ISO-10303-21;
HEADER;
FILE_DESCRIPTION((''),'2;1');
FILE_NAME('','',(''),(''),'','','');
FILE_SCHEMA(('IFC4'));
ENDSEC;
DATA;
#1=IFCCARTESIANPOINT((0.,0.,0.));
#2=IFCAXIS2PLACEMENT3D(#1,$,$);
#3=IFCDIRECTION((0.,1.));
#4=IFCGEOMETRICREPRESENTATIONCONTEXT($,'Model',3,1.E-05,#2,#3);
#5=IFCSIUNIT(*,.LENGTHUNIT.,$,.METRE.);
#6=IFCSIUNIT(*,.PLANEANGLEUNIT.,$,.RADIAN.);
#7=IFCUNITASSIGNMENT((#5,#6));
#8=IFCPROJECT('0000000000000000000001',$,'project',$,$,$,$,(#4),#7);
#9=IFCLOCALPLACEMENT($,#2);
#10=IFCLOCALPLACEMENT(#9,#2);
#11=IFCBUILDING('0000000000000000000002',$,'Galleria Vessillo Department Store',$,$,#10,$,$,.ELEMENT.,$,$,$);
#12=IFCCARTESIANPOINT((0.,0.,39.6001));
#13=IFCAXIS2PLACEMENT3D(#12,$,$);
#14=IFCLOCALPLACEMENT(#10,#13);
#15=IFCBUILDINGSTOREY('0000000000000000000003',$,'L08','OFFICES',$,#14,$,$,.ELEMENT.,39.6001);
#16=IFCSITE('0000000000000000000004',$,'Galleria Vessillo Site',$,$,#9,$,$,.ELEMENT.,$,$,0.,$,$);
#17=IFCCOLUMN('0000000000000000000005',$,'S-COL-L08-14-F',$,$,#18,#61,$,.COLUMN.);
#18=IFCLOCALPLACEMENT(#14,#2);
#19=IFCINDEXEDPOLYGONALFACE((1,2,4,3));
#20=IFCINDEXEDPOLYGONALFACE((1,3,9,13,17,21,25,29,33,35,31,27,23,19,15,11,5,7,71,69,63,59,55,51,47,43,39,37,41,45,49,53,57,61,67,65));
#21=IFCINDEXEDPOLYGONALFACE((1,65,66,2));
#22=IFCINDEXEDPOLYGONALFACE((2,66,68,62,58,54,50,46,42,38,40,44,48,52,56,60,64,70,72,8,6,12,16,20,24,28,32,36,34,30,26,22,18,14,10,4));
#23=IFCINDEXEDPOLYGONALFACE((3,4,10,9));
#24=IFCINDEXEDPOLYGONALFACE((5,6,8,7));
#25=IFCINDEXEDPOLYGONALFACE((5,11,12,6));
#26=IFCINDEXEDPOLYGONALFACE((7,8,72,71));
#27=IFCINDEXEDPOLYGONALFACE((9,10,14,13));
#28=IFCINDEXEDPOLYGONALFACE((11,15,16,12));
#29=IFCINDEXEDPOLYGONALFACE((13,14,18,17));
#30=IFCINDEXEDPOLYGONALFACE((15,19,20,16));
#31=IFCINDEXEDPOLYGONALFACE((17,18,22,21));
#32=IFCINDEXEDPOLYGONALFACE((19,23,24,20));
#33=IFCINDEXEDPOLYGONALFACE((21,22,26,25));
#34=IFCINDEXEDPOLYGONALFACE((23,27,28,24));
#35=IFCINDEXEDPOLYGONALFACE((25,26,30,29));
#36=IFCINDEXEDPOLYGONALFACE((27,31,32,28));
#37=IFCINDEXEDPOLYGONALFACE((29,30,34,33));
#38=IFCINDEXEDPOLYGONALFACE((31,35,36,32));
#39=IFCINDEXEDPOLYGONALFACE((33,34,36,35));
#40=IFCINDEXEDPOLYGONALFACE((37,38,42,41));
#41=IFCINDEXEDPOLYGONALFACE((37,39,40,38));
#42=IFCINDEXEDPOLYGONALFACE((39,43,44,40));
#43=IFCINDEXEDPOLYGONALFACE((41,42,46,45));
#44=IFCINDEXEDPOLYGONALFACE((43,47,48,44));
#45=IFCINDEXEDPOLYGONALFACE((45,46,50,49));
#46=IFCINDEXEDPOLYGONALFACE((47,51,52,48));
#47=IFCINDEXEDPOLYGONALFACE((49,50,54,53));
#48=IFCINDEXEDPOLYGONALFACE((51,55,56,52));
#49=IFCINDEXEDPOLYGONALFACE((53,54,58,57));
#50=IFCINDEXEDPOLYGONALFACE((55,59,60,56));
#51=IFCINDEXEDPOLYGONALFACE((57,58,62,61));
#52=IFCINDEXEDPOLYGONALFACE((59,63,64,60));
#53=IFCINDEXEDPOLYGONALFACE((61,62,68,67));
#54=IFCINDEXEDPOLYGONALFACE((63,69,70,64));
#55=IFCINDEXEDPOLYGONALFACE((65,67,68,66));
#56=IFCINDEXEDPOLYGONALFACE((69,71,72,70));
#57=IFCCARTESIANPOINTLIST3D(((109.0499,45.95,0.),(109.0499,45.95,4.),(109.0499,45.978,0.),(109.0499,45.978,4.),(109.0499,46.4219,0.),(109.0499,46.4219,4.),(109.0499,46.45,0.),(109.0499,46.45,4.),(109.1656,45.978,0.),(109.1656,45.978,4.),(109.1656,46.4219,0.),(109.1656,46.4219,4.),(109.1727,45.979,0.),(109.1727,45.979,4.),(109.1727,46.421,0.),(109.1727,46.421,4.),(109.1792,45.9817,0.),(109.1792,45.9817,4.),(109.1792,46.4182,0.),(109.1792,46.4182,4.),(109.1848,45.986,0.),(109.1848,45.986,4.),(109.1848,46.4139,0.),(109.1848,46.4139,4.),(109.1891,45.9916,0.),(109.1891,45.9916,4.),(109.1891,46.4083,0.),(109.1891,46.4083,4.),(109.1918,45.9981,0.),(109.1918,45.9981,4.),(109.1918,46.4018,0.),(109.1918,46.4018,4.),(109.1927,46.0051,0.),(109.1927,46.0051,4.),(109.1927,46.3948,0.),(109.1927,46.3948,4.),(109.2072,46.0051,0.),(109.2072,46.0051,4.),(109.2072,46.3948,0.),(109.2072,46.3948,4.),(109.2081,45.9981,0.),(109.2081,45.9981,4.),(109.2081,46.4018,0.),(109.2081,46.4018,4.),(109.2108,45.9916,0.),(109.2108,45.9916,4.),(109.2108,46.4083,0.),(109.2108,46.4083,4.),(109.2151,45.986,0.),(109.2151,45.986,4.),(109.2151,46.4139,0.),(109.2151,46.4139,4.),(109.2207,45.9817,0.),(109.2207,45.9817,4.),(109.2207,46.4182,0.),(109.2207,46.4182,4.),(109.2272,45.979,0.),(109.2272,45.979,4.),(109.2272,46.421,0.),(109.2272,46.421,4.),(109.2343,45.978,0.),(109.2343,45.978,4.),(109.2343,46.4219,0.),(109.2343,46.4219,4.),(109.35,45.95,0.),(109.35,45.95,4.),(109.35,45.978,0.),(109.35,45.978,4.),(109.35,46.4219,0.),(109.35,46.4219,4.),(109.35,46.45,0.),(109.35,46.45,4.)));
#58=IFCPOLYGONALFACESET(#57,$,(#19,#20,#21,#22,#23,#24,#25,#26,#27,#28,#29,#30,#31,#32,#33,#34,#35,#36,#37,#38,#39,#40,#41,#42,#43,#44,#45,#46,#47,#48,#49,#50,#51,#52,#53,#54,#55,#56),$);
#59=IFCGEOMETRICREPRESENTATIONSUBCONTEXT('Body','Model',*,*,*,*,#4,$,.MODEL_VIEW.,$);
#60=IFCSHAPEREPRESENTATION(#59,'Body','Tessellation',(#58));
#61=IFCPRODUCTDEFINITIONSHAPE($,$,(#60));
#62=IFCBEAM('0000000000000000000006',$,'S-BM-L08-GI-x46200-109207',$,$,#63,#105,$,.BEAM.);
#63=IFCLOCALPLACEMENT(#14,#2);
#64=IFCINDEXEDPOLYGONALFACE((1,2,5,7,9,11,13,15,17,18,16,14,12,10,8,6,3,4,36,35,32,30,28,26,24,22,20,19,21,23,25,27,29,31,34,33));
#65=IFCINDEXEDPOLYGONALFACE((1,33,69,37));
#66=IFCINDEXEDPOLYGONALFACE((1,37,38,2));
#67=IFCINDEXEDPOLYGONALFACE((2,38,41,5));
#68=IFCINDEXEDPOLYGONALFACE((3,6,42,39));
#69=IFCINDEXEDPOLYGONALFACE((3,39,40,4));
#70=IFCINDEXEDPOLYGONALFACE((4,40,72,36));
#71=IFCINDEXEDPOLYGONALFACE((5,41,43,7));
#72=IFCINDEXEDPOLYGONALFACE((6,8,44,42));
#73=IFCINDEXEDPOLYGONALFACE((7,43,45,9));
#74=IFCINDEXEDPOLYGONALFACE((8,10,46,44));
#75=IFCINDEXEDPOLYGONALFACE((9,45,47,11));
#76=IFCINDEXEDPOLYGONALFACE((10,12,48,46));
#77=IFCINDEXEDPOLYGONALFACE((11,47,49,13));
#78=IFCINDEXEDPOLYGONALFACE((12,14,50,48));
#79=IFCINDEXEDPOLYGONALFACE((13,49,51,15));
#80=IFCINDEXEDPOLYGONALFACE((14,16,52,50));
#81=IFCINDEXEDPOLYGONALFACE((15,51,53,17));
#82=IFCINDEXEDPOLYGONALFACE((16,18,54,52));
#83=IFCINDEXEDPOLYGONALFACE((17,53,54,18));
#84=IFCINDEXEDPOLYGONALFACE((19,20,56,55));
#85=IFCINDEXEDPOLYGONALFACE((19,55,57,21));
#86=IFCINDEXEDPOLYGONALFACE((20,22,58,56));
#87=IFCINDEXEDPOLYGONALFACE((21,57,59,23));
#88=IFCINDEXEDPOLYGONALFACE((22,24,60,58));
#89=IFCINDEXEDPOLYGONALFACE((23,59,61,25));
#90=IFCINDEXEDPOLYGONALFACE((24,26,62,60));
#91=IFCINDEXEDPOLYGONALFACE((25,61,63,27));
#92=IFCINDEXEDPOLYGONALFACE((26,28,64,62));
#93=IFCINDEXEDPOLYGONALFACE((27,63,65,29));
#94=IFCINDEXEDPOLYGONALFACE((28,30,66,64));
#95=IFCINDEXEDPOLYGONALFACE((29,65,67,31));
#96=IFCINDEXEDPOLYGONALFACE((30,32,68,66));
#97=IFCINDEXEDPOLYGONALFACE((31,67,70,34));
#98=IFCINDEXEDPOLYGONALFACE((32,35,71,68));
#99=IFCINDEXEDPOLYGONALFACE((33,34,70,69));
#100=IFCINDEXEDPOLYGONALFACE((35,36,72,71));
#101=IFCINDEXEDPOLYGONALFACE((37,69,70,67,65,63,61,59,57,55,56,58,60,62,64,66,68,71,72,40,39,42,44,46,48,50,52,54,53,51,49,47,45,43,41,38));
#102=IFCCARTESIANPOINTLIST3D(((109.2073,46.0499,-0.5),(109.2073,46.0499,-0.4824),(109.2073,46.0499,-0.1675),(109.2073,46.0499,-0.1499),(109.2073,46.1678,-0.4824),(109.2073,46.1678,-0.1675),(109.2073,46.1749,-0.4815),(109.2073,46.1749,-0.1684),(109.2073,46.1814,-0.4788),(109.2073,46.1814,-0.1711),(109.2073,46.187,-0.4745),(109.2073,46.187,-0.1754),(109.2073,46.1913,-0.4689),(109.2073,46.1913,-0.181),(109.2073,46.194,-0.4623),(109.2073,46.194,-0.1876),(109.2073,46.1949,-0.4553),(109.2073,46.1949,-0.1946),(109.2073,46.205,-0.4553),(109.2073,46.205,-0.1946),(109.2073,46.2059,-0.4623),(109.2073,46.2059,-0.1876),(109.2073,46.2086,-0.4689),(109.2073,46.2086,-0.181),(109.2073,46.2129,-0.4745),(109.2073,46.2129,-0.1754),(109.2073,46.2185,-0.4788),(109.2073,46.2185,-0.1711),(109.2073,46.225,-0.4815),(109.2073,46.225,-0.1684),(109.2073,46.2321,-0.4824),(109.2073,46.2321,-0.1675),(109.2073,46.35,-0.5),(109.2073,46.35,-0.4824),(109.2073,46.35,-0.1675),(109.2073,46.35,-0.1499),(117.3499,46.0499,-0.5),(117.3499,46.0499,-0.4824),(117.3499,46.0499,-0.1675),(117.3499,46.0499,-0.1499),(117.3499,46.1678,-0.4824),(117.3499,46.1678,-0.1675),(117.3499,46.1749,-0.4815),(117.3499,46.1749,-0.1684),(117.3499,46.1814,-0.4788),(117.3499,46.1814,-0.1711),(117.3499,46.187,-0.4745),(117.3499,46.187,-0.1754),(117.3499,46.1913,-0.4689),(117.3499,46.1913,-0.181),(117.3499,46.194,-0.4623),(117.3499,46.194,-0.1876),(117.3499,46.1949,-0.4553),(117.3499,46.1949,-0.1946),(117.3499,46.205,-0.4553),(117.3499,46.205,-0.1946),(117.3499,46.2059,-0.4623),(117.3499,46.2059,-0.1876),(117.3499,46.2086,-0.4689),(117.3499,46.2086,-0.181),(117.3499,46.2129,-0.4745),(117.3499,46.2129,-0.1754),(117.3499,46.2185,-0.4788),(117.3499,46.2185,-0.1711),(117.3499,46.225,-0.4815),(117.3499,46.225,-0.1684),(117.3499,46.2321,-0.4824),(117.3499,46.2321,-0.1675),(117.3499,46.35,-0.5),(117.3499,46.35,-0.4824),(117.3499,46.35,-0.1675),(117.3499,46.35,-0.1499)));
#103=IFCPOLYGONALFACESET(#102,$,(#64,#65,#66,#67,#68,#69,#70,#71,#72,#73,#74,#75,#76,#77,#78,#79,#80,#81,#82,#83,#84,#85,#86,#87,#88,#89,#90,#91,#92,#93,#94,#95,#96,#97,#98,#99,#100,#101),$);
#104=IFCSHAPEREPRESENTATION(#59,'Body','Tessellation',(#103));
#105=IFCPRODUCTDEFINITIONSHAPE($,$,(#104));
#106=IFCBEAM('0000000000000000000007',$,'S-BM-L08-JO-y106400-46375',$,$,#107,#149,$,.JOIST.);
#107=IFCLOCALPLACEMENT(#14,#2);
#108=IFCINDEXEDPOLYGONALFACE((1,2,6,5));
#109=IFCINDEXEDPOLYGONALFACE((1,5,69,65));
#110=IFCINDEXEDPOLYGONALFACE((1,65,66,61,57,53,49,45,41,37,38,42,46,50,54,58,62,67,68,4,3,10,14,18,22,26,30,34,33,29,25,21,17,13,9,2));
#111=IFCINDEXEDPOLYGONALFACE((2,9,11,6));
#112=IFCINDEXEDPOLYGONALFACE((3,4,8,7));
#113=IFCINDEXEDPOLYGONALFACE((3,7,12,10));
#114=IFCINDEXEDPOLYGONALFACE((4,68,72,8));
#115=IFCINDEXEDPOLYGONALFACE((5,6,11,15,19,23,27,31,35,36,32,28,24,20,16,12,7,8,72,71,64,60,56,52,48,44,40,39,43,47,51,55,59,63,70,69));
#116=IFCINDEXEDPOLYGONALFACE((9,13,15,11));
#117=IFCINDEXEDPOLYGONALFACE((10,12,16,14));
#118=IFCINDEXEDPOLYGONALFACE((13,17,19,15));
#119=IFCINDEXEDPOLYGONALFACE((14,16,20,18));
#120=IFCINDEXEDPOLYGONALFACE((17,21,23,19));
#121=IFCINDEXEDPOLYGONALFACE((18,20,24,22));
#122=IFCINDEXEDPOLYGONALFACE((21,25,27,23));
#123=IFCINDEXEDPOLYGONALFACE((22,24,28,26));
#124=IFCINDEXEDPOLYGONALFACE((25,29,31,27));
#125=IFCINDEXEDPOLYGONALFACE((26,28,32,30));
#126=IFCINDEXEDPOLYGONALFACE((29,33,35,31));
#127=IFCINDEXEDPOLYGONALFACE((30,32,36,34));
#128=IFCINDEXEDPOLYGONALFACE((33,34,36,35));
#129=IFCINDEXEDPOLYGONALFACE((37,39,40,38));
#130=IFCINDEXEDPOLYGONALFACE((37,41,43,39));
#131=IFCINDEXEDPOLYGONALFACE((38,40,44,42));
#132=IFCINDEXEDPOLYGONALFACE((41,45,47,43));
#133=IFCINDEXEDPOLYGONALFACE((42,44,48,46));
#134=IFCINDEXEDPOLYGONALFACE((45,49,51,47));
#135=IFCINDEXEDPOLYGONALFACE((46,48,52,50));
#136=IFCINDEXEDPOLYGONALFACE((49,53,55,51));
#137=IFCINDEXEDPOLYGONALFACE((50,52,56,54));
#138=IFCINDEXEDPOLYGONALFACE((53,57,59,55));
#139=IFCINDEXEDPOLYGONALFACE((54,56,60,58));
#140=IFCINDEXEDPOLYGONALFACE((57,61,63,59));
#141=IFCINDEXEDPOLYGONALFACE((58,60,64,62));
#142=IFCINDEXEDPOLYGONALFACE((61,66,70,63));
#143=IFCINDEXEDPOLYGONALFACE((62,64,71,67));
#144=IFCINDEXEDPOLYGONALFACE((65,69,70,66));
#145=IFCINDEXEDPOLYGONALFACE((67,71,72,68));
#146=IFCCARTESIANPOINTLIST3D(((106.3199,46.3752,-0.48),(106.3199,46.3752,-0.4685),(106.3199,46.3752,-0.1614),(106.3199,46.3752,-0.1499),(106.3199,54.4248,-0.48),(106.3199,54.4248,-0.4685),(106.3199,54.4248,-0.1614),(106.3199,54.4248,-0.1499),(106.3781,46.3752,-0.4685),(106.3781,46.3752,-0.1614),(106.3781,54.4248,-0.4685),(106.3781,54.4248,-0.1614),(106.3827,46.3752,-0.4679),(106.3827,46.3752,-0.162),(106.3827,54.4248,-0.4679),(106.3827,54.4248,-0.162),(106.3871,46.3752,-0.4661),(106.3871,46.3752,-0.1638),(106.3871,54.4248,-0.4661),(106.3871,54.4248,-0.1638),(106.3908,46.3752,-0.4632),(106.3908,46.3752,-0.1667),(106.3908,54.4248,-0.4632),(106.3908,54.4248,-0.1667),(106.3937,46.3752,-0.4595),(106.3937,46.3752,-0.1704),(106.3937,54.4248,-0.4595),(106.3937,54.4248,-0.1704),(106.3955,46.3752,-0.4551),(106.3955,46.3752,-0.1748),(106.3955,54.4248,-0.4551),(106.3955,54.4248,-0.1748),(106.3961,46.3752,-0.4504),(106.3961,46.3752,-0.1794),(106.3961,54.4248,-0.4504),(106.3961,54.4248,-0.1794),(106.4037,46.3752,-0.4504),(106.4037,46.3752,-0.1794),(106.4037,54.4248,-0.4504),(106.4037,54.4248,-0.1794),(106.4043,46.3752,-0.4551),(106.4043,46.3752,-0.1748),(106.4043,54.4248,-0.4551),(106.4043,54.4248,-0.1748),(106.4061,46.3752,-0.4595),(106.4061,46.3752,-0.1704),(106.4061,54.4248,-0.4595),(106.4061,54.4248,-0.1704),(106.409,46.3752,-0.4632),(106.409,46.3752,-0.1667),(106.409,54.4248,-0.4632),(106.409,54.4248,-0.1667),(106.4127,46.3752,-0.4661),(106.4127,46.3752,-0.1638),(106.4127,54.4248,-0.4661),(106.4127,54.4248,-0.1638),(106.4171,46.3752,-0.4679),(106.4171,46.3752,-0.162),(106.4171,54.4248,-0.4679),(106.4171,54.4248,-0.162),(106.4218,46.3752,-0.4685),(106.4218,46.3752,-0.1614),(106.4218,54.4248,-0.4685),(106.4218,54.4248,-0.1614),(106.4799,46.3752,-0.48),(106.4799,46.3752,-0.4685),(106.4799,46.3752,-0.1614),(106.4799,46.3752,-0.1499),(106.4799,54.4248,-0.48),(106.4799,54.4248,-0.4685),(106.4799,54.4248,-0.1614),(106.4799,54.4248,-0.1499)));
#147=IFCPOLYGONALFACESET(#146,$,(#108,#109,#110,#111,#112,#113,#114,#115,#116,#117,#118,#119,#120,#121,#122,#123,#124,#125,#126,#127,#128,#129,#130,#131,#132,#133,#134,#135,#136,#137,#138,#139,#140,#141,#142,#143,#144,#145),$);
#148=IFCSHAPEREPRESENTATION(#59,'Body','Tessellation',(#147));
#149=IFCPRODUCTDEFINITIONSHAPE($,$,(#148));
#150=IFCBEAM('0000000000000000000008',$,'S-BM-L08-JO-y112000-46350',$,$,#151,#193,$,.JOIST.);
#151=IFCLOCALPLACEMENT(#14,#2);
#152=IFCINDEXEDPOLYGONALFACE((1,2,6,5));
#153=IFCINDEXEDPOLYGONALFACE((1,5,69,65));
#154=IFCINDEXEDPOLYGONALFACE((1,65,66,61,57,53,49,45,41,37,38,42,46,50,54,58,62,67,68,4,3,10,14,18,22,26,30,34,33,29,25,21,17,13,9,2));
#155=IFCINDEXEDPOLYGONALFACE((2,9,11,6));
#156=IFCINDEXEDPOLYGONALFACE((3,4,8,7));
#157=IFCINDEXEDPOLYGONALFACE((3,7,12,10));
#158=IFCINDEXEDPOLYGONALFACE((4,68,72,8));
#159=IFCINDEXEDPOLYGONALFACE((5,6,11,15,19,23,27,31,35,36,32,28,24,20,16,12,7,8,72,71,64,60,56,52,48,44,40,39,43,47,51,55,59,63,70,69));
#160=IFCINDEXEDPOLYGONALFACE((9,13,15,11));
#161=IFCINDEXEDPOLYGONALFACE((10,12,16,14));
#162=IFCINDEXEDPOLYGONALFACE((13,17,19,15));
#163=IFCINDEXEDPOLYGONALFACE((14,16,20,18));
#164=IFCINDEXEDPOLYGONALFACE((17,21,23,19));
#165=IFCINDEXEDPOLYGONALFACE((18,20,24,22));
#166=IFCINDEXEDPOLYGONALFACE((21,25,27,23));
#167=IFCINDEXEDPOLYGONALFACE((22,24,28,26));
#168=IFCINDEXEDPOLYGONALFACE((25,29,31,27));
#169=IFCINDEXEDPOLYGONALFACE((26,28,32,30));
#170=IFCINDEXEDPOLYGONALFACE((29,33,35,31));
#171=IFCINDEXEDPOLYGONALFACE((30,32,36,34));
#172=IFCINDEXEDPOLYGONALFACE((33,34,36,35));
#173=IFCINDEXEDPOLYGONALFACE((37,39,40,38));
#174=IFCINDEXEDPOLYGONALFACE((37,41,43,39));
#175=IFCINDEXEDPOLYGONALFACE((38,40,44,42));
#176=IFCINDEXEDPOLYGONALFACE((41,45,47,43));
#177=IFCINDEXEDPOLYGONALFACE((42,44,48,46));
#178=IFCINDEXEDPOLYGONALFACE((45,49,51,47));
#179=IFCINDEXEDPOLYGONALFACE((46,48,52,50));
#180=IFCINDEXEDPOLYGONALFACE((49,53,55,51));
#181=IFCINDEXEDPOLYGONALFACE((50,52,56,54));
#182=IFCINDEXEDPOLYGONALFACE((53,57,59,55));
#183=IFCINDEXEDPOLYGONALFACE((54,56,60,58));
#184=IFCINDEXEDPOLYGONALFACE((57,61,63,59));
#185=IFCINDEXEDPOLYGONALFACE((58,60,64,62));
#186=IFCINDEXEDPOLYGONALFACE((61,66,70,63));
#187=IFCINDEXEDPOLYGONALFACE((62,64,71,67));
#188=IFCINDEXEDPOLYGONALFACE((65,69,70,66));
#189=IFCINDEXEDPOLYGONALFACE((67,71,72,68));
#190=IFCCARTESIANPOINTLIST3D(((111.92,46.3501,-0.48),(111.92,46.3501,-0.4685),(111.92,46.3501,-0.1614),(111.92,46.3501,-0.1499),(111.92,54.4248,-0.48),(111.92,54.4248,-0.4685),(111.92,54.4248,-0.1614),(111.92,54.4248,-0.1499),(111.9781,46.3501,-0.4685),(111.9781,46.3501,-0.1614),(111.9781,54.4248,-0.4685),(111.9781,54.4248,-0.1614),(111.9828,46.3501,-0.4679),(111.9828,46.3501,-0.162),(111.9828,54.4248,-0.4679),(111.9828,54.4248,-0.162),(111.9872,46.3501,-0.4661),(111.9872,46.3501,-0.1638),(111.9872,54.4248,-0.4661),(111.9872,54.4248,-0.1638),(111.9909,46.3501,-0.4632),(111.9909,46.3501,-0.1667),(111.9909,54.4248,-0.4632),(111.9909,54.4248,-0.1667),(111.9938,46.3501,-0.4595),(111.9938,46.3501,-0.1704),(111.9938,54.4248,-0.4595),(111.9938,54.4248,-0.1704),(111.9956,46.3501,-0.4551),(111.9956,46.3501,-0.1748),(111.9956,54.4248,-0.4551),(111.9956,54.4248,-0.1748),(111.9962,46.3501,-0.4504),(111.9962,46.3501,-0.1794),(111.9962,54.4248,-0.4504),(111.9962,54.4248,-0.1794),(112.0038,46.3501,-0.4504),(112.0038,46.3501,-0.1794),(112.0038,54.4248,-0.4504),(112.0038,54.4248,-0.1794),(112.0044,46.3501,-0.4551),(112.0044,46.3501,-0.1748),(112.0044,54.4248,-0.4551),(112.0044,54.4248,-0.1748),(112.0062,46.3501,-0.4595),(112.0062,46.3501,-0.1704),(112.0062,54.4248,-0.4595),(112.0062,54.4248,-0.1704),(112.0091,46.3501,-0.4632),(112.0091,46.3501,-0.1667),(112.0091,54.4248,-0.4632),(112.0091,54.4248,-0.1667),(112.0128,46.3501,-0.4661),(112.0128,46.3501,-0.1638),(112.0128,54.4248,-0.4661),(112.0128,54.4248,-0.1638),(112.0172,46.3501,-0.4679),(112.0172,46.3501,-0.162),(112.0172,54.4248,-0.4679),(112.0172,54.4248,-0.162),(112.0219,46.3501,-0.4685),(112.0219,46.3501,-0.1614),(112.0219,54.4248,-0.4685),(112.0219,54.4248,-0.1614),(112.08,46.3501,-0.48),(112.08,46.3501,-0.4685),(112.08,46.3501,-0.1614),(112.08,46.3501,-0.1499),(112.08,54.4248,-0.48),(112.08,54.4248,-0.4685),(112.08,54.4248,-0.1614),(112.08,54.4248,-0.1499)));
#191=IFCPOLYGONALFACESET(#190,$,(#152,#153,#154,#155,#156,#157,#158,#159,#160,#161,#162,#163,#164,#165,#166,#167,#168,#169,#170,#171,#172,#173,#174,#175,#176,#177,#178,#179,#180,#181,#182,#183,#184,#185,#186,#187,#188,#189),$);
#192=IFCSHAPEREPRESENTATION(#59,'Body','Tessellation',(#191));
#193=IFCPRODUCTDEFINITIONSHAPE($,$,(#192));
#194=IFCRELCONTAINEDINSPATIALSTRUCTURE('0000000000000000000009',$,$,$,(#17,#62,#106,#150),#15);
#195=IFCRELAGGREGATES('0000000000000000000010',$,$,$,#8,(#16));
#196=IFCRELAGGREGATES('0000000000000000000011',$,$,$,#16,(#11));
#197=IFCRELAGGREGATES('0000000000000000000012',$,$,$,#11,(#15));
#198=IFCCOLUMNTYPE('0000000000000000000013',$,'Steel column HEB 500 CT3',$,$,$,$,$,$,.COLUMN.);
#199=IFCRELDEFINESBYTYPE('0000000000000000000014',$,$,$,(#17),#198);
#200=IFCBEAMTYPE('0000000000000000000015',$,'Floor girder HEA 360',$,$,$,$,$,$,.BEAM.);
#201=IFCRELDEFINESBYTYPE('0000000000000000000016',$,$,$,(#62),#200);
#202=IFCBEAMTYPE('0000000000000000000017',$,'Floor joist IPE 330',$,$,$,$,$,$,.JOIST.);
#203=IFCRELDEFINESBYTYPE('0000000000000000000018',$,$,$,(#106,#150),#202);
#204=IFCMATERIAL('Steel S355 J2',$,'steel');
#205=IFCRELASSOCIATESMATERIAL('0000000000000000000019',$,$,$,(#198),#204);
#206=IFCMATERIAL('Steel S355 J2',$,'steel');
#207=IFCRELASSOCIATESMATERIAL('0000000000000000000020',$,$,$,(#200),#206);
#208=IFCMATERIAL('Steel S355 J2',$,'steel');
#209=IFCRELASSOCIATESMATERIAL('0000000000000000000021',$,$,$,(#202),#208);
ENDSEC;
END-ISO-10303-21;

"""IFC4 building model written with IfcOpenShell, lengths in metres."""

from ifc_helpers import new_model, si_unit, direction, frame, origin, origin_2d, place, context, subcontext, project, spatial, i_section, extrude, material, material_profile, profile_set, type_object, element, save


model = new_model("IFC4")

# Units and contexts
model_context = context("Model", 3, precision=1e-05, world=origin(), true_north=direction((0.0, 1.0)))
body_context = subcontext(model_context, "Body", "Model", "MODEL_VIEW")
ifc_project = project(units=[si_unit("LENGTHUNIT", "METRE"), si_unit("PLANEANGLEUNIT", "RADIAN")], contexts=[model_context])

# Site, building, storey
site_placement = place(None, origin())
site = spatial("IfcSite", under=ifc_project, at=site_placement, Name="Galleria Vessillo Site", CompositionType="ELEMENT", RefElevation=0.0)
building_placement = place(site_placement, origin())
building = spatial("IfcBuilding", under=site, at=building_placement, Name="Galleria Vessillo Department Store", CompositionType="ELEMENT")
storey_placement = place(building_placement, frame((0.0, 0.0, 39.6001)))
storey = spatial("IfcBuildingStorey", under=building, at=storey_placement, Name="L08", Description="OFFICES", CompositionType="ELEMENT", Elevation=39.6001)

# Column
ifc_material_1 = material(Name="Steel S355 J2", Category="steel")
ifc_material_profile_1 = material_profile(ifc_material_1, i_section(OverallWidth=0.3, OverallDepth=0.5, WebThickness=0.0144, FlangeThickness=0.0281, FilletRadius=0.0271, at=origin_2d()), Name="HEB 500")
ifc_profile_set_1 = profile_set([ifc_material_profile_1], Name="Steel S355 J2")
column_type = type_object("IfcColumnType", Name="Steel column HEB 500 CT3", PredefinedType="COLUMN", material=ifc_profile_set_1)
column_placement = place(storey_placement, frame((109.2, 46.2, 0.0), z_axis=(0.0, 0.0, 1.0), x_axis=(1.0, 0.0, 0.0)))
element("IfcColumn", 1, at=column_placement, inside=storey, type_object=column_type, Name="S-COL-L08-14-F", PredefinedType="COLUMN", context=body_context, shape_type="SweptSolid", body=[
    extrude(i_section(OverallWidth=0.3, OverallDepth=0.5, WebThickness=0.0144, FlangeThickness=0.0281, FilletRadius=0.0271, at=origin_2d()), origin(), (0.0, 0.0, 1.0), 4.0),
])

# Beams
ifc_material_2 = material(Name="Steel S355 J2", Category="steel")
ifc_material_profile_2 = material_profile(ifc_material_2, i_section(OverallWidth=0.3, OverallDepth=0.3501, WebThickness=0.01, FlangeThickness=0.0176, FilletRadius=0.0271, at=origin_2d()), Name="HEA 360")
ifc_profile_set_2 = profile_set([ifc_material_profile_2], Name="Steel S355 J2")
beam_type_1 = type_object("IfcBeamType", Name="Floor girder HEA 360", PredefinedType="BEAM", material=ifc_profile_set_2)
beam_1_placement = place(storey_placement, frame((109.2073, 46.2, -0.325), z_axis=(1.0, 0.0, 0.0), x_axis=(0.0, 1.0, 0.0)))
element("IfcBeam", 2, at=beam_1_placement, inside=storey, type_object=beam_type_1, Name="S-BM-L08-GI-x46200-109207", PredefinedType="BEAM", context=body_context, shape_type="SweptSolid", body=[
    extrude(i_section(OverallWidth=0.3, OverallDepth=0.3501, WebThickness=0.01, FlangeThickness=0.0176, FilletRadius=0.0271, at=origin_2d()), origin(), (0.0, 0.0, 1.0), 8.1426),
])
ifc_material_3 = material(Name="Steel S355 J2", Category="steel")
ifc_material_profile_3 = material_profile(ifc_material_3, i_section(OverallWidth=0.1599, OverallDepth=0.3301, WebThickness=0.0076, FlangeThickness=0.0115, FilletRadius=0.0181, at=origin_2d()), Name="IPE 330")
ifc_profile_set_3 = profile_set([ifc_material_profile_3], Name="Steel S355 J2")
beam_type_2 = type_object("IfcBeamType", Name="Floor joist IPE 330", PredefinedType="JOIST", material=ifc_profile_set_3)
beam_2_placement = place(storey_placement, frame((106.3999, 46.3752, -0.3149), z_axis=(0.0, 1.0, 0.0), x_axis=(-1.0, 0.0, 0.0)))
element("IfcBeam", 3, at=beam_2_placement, inside=storey, type_object=beam_type_2, Name="S-BM-L08-JO-y106400-46375", PredefinedType="JOIST", context=body_context, shape_type="SweptSolid", body=[
    extrude(i_section(OverallWidth=0.1599, OverallDepth=0.3301, WebThickness=0.0076, FlangeThickness=0.0115, FilletRadius=0.0181, at=origin_2d()), origin(), (0.0, 0.0, 1.0), 8.0496),
])
for number, where, z_axis, x_axis, name in (
    (4, (112.0, 46.3501, -0.3149), (0.0, 1.0, 0.0), (-1.0, 0.0, 0.0), "S-BM-L08-JO-y112000-46350"),
):
    element("IfcBeam", number, at=place(storey_placement, frame(where, z_axis=z_axis, x_axis=x_axis)), inside=storey, type_object=beam_type_2, Name=name, PredefinedType="JOIST", context=body_context, shape_type="SweptSolid", body=[
        extrude(i_section(OverallWidth=0.1599, OverallDepth=0.3301, WebThickness=0.0076, FlangeThickness=0.0115, FilletRadius=0.0181, at=origin_2d()), origin(), (0.0, 0.0, 1.0), 8.0747),
    ])

save(model, "model.ifc")
